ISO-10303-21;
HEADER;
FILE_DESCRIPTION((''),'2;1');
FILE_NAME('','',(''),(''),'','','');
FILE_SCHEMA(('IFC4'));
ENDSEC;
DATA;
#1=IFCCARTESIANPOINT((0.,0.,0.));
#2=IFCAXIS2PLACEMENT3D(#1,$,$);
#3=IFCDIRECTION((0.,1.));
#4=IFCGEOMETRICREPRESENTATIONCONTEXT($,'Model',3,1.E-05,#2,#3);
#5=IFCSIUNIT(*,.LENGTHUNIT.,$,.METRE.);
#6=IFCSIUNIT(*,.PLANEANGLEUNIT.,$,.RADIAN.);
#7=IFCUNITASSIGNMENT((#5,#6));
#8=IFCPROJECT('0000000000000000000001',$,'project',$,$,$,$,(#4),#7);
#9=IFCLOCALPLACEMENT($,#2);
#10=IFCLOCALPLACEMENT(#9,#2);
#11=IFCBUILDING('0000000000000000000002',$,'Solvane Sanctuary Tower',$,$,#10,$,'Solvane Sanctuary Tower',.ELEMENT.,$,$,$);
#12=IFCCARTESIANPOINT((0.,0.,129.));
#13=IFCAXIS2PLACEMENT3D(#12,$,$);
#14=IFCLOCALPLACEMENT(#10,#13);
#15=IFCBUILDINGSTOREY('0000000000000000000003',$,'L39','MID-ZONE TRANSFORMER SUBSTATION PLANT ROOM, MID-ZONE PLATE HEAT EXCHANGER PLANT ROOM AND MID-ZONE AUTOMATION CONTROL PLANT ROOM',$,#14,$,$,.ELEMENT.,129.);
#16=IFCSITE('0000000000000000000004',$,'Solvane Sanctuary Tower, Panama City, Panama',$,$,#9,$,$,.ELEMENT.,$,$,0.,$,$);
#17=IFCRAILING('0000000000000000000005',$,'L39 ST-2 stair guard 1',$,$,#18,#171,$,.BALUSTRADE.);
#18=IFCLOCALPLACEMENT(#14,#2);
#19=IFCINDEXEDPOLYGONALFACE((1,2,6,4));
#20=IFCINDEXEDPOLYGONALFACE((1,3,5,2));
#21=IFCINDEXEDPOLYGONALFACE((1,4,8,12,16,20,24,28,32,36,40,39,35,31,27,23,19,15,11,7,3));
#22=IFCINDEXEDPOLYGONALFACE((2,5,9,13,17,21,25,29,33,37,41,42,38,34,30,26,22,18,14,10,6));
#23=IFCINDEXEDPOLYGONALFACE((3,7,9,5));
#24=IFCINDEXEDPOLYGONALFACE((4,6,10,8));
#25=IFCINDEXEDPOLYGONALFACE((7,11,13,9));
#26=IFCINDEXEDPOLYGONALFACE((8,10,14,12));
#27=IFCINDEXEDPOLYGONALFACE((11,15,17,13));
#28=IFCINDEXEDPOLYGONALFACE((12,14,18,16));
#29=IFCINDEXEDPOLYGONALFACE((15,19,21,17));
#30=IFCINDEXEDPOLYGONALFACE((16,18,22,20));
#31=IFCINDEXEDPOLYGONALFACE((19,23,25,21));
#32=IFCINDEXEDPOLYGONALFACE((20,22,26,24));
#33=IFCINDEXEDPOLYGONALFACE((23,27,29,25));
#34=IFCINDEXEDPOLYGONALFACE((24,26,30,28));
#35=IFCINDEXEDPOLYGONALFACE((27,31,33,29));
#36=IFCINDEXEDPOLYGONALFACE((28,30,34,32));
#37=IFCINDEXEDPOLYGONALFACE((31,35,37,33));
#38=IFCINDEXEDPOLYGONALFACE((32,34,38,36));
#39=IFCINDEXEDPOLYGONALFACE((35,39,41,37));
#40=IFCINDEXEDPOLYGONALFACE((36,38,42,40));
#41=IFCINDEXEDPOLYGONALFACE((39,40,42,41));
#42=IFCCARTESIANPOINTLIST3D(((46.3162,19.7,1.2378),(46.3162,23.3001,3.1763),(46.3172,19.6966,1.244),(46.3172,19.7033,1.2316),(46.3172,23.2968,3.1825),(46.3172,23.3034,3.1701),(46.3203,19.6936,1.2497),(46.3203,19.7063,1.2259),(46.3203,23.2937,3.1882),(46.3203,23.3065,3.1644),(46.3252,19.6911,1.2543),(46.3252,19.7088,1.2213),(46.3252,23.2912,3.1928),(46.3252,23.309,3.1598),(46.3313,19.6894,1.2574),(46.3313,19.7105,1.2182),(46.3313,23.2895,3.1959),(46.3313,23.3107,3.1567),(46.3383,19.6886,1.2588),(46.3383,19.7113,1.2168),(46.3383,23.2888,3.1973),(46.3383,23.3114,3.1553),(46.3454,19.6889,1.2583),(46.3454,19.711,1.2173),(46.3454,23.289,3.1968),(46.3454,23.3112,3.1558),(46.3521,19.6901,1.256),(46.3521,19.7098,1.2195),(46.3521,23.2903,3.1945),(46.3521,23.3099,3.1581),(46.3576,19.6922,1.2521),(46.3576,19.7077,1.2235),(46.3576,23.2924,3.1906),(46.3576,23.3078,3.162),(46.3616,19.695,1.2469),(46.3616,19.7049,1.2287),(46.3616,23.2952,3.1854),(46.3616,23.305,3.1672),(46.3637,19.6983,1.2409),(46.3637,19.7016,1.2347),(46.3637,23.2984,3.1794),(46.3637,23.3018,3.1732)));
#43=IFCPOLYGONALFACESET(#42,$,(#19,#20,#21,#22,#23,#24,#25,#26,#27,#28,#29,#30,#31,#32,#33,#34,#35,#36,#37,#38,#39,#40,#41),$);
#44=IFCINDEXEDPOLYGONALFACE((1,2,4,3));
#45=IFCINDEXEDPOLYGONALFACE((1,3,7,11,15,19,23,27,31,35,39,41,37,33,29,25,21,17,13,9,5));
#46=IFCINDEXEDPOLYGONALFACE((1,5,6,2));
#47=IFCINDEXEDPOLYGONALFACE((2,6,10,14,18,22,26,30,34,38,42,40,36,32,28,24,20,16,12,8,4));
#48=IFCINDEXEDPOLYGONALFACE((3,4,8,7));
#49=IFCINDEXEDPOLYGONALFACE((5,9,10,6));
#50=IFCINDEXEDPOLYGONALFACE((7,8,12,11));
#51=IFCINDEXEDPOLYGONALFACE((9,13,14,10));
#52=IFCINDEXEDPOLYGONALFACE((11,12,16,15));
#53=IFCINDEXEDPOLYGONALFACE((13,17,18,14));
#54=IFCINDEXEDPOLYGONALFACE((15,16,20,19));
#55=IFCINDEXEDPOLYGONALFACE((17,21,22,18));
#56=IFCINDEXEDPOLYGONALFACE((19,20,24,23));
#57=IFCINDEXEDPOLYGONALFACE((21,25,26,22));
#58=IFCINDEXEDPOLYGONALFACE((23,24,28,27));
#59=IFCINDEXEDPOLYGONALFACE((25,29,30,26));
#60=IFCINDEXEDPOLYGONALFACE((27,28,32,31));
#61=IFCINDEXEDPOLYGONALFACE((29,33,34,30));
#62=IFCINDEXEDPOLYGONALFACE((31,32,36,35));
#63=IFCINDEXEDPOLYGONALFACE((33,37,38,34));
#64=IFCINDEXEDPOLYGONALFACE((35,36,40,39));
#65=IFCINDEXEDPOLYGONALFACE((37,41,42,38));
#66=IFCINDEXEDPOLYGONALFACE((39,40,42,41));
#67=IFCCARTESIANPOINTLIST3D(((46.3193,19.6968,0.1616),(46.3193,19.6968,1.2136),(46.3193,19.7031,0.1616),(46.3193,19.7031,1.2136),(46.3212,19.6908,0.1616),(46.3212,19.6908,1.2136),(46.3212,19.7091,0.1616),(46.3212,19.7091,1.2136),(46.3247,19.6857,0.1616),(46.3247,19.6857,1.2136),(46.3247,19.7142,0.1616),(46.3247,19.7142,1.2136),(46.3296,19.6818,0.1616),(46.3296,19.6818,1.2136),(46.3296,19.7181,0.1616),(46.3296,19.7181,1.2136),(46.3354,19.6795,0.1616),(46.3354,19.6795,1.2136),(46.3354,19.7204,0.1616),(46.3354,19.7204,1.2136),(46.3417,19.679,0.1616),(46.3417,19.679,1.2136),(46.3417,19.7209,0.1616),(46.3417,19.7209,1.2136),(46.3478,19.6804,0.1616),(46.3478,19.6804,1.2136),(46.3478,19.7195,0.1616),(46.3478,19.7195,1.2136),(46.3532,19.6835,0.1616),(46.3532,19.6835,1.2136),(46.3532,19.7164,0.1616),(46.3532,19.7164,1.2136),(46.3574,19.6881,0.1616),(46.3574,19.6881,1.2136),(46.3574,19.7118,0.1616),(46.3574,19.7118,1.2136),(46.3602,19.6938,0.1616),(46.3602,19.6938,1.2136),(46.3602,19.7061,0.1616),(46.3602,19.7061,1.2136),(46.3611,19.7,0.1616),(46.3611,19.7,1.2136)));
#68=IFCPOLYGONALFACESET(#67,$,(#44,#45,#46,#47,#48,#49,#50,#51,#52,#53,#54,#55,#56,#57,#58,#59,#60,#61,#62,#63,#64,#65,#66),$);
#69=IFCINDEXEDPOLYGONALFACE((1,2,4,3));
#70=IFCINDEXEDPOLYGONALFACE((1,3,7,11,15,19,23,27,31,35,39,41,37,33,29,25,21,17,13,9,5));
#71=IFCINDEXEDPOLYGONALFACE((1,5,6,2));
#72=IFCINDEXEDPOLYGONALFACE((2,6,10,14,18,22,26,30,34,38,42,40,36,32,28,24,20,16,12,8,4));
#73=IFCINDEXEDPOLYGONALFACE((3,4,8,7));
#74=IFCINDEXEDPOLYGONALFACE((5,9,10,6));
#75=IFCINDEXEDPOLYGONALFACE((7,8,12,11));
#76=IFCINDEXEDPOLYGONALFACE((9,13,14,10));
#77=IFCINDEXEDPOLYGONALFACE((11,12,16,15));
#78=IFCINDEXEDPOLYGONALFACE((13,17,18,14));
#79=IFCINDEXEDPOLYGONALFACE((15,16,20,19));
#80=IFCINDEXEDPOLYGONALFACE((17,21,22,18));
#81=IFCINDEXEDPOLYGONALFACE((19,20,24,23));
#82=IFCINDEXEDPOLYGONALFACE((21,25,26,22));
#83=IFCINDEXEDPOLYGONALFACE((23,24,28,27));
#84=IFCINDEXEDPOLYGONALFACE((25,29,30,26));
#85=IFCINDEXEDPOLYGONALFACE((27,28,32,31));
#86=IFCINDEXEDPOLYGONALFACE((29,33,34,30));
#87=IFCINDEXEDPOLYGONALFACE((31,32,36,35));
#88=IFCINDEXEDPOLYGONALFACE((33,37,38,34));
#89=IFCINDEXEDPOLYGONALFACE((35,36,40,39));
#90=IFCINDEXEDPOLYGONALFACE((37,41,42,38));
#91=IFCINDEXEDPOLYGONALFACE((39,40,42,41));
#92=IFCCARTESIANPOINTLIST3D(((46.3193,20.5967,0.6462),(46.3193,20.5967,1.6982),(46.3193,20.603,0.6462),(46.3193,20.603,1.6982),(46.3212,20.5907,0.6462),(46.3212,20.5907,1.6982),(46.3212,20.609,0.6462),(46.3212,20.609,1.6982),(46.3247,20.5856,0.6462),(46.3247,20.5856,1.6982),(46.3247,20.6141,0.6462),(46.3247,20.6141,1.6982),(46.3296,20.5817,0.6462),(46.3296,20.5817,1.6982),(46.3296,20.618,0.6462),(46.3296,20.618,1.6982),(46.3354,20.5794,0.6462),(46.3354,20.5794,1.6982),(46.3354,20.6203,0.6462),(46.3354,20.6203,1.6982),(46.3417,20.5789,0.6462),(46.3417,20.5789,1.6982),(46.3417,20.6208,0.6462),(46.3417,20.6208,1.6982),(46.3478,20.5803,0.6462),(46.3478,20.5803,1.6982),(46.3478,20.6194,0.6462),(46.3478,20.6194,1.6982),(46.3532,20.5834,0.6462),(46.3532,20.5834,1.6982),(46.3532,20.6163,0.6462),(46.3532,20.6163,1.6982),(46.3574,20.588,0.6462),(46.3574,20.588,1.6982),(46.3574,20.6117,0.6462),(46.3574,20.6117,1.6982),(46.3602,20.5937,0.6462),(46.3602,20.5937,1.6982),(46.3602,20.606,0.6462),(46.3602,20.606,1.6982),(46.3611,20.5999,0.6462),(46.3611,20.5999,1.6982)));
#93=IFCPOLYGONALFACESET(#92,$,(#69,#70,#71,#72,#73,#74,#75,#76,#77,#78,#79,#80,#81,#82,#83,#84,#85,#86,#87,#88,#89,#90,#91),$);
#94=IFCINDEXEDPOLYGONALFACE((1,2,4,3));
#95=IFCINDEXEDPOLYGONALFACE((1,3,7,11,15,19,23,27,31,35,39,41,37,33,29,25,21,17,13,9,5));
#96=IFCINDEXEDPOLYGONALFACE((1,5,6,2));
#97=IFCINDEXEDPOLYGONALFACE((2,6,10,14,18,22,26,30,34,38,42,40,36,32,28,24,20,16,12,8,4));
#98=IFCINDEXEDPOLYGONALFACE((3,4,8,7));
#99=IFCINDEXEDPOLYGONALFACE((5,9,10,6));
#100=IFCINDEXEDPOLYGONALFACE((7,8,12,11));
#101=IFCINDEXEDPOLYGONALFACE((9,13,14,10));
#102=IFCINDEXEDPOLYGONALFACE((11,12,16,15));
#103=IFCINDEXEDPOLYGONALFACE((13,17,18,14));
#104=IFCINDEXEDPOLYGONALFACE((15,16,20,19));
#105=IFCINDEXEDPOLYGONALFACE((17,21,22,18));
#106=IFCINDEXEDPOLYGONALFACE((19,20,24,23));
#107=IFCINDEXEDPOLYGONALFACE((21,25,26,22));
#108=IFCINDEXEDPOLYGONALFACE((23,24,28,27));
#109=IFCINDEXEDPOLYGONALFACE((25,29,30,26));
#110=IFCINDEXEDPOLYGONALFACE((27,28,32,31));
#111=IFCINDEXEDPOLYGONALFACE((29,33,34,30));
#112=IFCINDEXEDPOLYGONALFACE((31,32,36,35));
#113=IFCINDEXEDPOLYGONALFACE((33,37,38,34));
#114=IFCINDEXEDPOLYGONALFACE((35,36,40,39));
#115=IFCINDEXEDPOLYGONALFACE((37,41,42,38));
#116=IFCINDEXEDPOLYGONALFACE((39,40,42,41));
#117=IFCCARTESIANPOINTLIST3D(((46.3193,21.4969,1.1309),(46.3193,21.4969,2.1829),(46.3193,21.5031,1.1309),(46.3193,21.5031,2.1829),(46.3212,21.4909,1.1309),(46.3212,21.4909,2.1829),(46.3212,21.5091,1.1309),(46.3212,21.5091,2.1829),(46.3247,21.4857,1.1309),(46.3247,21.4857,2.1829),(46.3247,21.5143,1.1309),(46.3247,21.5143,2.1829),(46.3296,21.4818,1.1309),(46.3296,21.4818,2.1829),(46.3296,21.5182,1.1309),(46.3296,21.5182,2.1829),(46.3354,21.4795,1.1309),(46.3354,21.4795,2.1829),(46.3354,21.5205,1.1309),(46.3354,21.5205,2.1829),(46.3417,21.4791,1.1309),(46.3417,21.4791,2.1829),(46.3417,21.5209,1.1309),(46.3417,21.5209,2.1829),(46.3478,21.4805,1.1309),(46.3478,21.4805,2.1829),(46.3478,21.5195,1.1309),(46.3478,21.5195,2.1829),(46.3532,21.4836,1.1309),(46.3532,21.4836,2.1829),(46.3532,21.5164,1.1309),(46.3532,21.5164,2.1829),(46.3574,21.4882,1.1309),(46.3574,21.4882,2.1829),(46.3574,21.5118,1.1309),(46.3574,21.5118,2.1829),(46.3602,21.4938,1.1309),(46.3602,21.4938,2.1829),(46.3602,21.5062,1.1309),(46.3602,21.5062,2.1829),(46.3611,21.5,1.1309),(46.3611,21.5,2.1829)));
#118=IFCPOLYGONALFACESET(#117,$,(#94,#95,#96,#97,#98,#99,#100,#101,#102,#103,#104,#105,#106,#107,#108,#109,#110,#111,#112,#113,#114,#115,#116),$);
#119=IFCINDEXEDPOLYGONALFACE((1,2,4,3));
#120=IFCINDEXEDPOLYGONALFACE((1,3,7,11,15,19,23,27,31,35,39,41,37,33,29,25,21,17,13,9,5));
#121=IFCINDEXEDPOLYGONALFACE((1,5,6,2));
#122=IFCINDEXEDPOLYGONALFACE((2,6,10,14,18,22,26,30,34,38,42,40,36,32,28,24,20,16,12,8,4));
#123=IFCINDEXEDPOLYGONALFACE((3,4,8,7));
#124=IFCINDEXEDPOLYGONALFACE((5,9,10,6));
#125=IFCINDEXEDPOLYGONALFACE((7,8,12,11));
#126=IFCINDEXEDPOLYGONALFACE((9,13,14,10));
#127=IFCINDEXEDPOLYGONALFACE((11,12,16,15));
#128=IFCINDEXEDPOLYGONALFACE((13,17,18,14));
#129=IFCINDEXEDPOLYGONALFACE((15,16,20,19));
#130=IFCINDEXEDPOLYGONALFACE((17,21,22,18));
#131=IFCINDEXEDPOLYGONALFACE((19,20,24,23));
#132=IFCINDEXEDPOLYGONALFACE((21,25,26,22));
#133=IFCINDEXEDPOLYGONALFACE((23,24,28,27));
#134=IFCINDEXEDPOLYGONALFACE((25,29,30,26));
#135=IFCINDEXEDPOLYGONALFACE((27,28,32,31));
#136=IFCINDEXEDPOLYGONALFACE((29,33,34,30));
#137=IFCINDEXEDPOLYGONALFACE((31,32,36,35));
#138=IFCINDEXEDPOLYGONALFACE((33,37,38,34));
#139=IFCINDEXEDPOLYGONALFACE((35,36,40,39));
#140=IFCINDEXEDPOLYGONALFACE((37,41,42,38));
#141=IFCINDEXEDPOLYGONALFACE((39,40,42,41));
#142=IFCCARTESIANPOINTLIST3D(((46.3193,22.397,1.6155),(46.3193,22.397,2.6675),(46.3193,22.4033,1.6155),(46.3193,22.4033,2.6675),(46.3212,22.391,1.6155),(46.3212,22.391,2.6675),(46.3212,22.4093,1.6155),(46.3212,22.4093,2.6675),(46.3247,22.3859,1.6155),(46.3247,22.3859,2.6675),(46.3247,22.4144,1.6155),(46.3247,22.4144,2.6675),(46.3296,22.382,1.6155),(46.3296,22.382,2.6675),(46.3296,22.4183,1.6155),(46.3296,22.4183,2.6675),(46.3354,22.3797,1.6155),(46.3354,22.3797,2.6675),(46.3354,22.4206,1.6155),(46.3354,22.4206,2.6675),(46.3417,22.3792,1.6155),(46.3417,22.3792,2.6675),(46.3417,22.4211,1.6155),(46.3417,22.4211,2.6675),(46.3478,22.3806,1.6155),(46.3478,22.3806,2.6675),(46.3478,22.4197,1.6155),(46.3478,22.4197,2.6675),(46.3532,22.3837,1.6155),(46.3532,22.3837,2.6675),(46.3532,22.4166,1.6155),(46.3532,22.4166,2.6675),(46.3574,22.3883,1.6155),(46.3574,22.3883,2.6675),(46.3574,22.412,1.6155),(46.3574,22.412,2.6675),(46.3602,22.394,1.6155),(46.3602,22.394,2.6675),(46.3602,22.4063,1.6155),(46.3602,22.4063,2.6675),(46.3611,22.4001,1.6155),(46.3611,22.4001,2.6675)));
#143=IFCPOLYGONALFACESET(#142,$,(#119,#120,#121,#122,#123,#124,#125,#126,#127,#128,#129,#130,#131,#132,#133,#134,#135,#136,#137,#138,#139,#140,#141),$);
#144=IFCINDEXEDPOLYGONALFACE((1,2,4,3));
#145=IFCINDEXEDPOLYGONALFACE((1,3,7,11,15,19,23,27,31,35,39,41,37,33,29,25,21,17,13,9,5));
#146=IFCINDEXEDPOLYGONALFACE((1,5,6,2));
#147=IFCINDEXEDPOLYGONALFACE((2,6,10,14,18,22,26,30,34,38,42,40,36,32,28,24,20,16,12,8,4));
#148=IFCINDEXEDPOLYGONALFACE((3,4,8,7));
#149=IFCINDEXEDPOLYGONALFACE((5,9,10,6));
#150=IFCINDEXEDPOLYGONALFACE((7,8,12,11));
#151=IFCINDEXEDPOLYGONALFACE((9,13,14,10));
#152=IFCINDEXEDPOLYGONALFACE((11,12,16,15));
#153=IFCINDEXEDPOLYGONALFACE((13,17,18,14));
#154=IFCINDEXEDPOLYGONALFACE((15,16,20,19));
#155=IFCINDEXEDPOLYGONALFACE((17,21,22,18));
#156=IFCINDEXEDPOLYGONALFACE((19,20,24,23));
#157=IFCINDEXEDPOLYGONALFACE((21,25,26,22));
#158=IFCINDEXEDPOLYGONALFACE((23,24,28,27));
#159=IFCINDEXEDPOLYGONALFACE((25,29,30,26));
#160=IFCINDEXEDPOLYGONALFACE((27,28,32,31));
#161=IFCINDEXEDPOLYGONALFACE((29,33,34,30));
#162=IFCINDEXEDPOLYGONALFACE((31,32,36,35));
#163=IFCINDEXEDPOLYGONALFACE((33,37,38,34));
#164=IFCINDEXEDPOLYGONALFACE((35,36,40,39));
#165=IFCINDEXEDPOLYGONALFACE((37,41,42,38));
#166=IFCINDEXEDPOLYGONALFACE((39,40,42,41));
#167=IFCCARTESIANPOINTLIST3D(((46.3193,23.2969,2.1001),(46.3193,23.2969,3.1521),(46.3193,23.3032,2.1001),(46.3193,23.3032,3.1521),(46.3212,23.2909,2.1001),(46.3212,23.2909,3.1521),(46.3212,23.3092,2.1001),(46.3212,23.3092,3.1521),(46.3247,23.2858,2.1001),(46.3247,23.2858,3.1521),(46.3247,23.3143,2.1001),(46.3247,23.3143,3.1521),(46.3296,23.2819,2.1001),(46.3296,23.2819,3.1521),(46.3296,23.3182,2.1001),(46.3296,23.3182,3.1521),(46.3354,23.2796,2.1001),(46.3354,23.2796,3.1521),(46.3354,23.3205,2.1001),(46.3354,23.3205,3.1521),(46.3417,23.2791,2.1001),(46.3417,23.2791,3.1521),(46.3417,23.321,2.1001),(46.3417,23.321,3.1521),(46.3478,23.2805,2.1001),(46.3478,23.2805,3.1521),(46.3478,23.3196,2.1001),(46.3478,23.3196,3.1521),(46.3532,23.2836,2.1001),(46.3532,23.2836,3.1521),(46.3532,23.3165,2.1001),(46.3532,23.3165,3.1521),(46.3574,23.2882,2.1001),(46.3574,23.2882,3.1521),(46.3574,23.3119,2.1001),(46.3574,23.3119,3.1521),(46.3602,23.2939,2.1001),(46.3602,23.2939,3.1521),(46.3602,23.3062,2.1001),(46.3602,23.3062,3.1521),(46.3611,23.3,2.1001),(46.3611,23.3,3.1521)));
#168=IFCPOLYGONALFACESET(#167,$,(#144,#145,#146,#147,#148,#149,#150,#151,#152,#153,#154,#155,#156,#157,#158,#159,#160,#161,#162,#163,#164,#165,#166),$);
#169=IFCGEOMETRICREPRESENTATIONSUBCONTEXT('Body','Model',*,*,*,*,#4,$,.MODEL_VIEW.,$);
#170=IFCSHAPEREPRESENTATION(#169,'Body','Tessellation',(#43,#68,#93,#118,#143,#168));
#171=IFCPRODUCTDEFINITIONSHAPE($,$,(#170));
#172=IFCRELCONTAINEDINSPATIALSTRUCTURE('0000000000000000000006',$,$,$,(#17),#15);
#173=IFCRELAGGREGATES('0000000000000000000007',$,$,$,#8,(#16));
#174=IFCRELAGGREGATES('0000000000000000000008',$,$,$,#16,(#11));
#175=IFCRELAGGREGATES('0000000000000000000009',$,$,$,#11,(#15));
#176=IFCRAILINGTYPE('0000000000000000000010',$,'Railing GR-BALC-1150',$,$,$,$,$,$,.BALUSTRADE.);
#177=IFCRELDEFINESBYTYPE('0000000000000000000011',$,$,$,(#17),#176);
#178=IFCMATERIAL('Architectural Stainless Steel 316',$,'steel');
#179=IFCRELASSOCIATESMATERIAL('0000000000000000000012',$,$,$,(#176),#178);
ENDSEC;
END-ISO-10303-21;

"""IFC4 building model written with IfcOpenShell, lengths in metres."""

from ifc_helpers import new_model, si_unit, direction, frame, origin, origin_2d, place, context, subcontext, project, spatial, circle, extrude, material, type_object, element, save


model = new_model("IFC4")

# Units and contexts
model_context = context("Model", 3, precision=1e-05, world=origin(), true_north=direction((0.0, 1.0)))
body_context = subcontext(model_context, "Body", "Model", "MODEL_VIEW")
ifc_project = project(units=[si_unit("LENGTHUNIT", "METRE"), si_unit("PLANEANGLEUNIT", "RADIAN")], contexts=[model_context])

# Site, building, storey
site_placement = place(None, origin())
site = spatial("IfcSite", under=ifc_project, at=site_placement, Name="Solvane Sanctuary Tower, Panama City, Panama", CompositionType="ELEMENT", RefElevation=0.0)
building_placement = place(site_placement, origin())
building = spatial("IfcBuilding", under=site, at=building_placement, Name="Solvane Sanctuary Tower", LongName="Solvane Sanctuary Tower", CompositionType="ELEMENT")
storey_placement = place(building_placement, frame((0.0, 0.0, 129.0)))
storey = spatial("IfcBuildingStorey", under=building, at=storey_placement, Name="L39", Description="MID-ZONE TRANSFORMER SUBSTATION PLANT ROOM, MID-ZONE PLATE HEAT EXCHANGER PLANT ROOM AND MID-ZONE AUTOMATION CONTROL PLANT ROOM", CompositionType="ELEMENT", Elevation=129.0)

# Shared definitions
ifc_material_1 = material(Name="Architectural Stainless Steel 316", Category="steel")

# Railing
railing_type_1 = type_object("IfcRailingType", Name="Railing GR-BALC-1150", PredefinedType="BALUSTRADE", material=ifc_material_1)
railing_1_placement = place(storey_placement, frame((46.3401, 19.7, 0.1616)))
element("IfcRailing", 1, at=railing_1_placement, inside=storey, type_object=railing_type_1, Name="L39 ST-2 stair guard 1", PredefinedType="BALUSTRADE", context=body_context, shape_type="SweptSolid", body=[
    extrude(circle(Radius=0.0239, at=origin_2d()), frame((0.0, 0.0, 1.0762), z_axis=(0.0, 0.880475, 0.474093), x_axis=(-1.0, 0.0, 0.0)), (0.0, 0.0, 1.0), 4.0889),
    extrude(circle(Radius=0.021, at=origin_2d()), origin(), (0.0, 0.0, 1.0), 1.052),
    extrude(circle(Radius=0.021, at=origin_2d()), frame((0.0, 0.8999, 0.4846)), (0.0, 0.0, 1.0), 1.052),
    extrude(circle(Radius=0.021, at=origin_2d()), frame((0.0, 1.8, 0.9692)), (0.0, 0.0, 1.0), 1.052),
    extrude(circle(Radius=0.021, at=origin_2d()), frame((0.0, 2.7002, 1.4539)), (0.0, 0.0, 1.0), 1.052),
    extrude(circle(Radius=0.021, at=origin_2d()), frame((0.0, 3.6001, 1.9385)), (0.0, 0.0, 1.0), 1.052),
])

save(model, "model.ifc")
